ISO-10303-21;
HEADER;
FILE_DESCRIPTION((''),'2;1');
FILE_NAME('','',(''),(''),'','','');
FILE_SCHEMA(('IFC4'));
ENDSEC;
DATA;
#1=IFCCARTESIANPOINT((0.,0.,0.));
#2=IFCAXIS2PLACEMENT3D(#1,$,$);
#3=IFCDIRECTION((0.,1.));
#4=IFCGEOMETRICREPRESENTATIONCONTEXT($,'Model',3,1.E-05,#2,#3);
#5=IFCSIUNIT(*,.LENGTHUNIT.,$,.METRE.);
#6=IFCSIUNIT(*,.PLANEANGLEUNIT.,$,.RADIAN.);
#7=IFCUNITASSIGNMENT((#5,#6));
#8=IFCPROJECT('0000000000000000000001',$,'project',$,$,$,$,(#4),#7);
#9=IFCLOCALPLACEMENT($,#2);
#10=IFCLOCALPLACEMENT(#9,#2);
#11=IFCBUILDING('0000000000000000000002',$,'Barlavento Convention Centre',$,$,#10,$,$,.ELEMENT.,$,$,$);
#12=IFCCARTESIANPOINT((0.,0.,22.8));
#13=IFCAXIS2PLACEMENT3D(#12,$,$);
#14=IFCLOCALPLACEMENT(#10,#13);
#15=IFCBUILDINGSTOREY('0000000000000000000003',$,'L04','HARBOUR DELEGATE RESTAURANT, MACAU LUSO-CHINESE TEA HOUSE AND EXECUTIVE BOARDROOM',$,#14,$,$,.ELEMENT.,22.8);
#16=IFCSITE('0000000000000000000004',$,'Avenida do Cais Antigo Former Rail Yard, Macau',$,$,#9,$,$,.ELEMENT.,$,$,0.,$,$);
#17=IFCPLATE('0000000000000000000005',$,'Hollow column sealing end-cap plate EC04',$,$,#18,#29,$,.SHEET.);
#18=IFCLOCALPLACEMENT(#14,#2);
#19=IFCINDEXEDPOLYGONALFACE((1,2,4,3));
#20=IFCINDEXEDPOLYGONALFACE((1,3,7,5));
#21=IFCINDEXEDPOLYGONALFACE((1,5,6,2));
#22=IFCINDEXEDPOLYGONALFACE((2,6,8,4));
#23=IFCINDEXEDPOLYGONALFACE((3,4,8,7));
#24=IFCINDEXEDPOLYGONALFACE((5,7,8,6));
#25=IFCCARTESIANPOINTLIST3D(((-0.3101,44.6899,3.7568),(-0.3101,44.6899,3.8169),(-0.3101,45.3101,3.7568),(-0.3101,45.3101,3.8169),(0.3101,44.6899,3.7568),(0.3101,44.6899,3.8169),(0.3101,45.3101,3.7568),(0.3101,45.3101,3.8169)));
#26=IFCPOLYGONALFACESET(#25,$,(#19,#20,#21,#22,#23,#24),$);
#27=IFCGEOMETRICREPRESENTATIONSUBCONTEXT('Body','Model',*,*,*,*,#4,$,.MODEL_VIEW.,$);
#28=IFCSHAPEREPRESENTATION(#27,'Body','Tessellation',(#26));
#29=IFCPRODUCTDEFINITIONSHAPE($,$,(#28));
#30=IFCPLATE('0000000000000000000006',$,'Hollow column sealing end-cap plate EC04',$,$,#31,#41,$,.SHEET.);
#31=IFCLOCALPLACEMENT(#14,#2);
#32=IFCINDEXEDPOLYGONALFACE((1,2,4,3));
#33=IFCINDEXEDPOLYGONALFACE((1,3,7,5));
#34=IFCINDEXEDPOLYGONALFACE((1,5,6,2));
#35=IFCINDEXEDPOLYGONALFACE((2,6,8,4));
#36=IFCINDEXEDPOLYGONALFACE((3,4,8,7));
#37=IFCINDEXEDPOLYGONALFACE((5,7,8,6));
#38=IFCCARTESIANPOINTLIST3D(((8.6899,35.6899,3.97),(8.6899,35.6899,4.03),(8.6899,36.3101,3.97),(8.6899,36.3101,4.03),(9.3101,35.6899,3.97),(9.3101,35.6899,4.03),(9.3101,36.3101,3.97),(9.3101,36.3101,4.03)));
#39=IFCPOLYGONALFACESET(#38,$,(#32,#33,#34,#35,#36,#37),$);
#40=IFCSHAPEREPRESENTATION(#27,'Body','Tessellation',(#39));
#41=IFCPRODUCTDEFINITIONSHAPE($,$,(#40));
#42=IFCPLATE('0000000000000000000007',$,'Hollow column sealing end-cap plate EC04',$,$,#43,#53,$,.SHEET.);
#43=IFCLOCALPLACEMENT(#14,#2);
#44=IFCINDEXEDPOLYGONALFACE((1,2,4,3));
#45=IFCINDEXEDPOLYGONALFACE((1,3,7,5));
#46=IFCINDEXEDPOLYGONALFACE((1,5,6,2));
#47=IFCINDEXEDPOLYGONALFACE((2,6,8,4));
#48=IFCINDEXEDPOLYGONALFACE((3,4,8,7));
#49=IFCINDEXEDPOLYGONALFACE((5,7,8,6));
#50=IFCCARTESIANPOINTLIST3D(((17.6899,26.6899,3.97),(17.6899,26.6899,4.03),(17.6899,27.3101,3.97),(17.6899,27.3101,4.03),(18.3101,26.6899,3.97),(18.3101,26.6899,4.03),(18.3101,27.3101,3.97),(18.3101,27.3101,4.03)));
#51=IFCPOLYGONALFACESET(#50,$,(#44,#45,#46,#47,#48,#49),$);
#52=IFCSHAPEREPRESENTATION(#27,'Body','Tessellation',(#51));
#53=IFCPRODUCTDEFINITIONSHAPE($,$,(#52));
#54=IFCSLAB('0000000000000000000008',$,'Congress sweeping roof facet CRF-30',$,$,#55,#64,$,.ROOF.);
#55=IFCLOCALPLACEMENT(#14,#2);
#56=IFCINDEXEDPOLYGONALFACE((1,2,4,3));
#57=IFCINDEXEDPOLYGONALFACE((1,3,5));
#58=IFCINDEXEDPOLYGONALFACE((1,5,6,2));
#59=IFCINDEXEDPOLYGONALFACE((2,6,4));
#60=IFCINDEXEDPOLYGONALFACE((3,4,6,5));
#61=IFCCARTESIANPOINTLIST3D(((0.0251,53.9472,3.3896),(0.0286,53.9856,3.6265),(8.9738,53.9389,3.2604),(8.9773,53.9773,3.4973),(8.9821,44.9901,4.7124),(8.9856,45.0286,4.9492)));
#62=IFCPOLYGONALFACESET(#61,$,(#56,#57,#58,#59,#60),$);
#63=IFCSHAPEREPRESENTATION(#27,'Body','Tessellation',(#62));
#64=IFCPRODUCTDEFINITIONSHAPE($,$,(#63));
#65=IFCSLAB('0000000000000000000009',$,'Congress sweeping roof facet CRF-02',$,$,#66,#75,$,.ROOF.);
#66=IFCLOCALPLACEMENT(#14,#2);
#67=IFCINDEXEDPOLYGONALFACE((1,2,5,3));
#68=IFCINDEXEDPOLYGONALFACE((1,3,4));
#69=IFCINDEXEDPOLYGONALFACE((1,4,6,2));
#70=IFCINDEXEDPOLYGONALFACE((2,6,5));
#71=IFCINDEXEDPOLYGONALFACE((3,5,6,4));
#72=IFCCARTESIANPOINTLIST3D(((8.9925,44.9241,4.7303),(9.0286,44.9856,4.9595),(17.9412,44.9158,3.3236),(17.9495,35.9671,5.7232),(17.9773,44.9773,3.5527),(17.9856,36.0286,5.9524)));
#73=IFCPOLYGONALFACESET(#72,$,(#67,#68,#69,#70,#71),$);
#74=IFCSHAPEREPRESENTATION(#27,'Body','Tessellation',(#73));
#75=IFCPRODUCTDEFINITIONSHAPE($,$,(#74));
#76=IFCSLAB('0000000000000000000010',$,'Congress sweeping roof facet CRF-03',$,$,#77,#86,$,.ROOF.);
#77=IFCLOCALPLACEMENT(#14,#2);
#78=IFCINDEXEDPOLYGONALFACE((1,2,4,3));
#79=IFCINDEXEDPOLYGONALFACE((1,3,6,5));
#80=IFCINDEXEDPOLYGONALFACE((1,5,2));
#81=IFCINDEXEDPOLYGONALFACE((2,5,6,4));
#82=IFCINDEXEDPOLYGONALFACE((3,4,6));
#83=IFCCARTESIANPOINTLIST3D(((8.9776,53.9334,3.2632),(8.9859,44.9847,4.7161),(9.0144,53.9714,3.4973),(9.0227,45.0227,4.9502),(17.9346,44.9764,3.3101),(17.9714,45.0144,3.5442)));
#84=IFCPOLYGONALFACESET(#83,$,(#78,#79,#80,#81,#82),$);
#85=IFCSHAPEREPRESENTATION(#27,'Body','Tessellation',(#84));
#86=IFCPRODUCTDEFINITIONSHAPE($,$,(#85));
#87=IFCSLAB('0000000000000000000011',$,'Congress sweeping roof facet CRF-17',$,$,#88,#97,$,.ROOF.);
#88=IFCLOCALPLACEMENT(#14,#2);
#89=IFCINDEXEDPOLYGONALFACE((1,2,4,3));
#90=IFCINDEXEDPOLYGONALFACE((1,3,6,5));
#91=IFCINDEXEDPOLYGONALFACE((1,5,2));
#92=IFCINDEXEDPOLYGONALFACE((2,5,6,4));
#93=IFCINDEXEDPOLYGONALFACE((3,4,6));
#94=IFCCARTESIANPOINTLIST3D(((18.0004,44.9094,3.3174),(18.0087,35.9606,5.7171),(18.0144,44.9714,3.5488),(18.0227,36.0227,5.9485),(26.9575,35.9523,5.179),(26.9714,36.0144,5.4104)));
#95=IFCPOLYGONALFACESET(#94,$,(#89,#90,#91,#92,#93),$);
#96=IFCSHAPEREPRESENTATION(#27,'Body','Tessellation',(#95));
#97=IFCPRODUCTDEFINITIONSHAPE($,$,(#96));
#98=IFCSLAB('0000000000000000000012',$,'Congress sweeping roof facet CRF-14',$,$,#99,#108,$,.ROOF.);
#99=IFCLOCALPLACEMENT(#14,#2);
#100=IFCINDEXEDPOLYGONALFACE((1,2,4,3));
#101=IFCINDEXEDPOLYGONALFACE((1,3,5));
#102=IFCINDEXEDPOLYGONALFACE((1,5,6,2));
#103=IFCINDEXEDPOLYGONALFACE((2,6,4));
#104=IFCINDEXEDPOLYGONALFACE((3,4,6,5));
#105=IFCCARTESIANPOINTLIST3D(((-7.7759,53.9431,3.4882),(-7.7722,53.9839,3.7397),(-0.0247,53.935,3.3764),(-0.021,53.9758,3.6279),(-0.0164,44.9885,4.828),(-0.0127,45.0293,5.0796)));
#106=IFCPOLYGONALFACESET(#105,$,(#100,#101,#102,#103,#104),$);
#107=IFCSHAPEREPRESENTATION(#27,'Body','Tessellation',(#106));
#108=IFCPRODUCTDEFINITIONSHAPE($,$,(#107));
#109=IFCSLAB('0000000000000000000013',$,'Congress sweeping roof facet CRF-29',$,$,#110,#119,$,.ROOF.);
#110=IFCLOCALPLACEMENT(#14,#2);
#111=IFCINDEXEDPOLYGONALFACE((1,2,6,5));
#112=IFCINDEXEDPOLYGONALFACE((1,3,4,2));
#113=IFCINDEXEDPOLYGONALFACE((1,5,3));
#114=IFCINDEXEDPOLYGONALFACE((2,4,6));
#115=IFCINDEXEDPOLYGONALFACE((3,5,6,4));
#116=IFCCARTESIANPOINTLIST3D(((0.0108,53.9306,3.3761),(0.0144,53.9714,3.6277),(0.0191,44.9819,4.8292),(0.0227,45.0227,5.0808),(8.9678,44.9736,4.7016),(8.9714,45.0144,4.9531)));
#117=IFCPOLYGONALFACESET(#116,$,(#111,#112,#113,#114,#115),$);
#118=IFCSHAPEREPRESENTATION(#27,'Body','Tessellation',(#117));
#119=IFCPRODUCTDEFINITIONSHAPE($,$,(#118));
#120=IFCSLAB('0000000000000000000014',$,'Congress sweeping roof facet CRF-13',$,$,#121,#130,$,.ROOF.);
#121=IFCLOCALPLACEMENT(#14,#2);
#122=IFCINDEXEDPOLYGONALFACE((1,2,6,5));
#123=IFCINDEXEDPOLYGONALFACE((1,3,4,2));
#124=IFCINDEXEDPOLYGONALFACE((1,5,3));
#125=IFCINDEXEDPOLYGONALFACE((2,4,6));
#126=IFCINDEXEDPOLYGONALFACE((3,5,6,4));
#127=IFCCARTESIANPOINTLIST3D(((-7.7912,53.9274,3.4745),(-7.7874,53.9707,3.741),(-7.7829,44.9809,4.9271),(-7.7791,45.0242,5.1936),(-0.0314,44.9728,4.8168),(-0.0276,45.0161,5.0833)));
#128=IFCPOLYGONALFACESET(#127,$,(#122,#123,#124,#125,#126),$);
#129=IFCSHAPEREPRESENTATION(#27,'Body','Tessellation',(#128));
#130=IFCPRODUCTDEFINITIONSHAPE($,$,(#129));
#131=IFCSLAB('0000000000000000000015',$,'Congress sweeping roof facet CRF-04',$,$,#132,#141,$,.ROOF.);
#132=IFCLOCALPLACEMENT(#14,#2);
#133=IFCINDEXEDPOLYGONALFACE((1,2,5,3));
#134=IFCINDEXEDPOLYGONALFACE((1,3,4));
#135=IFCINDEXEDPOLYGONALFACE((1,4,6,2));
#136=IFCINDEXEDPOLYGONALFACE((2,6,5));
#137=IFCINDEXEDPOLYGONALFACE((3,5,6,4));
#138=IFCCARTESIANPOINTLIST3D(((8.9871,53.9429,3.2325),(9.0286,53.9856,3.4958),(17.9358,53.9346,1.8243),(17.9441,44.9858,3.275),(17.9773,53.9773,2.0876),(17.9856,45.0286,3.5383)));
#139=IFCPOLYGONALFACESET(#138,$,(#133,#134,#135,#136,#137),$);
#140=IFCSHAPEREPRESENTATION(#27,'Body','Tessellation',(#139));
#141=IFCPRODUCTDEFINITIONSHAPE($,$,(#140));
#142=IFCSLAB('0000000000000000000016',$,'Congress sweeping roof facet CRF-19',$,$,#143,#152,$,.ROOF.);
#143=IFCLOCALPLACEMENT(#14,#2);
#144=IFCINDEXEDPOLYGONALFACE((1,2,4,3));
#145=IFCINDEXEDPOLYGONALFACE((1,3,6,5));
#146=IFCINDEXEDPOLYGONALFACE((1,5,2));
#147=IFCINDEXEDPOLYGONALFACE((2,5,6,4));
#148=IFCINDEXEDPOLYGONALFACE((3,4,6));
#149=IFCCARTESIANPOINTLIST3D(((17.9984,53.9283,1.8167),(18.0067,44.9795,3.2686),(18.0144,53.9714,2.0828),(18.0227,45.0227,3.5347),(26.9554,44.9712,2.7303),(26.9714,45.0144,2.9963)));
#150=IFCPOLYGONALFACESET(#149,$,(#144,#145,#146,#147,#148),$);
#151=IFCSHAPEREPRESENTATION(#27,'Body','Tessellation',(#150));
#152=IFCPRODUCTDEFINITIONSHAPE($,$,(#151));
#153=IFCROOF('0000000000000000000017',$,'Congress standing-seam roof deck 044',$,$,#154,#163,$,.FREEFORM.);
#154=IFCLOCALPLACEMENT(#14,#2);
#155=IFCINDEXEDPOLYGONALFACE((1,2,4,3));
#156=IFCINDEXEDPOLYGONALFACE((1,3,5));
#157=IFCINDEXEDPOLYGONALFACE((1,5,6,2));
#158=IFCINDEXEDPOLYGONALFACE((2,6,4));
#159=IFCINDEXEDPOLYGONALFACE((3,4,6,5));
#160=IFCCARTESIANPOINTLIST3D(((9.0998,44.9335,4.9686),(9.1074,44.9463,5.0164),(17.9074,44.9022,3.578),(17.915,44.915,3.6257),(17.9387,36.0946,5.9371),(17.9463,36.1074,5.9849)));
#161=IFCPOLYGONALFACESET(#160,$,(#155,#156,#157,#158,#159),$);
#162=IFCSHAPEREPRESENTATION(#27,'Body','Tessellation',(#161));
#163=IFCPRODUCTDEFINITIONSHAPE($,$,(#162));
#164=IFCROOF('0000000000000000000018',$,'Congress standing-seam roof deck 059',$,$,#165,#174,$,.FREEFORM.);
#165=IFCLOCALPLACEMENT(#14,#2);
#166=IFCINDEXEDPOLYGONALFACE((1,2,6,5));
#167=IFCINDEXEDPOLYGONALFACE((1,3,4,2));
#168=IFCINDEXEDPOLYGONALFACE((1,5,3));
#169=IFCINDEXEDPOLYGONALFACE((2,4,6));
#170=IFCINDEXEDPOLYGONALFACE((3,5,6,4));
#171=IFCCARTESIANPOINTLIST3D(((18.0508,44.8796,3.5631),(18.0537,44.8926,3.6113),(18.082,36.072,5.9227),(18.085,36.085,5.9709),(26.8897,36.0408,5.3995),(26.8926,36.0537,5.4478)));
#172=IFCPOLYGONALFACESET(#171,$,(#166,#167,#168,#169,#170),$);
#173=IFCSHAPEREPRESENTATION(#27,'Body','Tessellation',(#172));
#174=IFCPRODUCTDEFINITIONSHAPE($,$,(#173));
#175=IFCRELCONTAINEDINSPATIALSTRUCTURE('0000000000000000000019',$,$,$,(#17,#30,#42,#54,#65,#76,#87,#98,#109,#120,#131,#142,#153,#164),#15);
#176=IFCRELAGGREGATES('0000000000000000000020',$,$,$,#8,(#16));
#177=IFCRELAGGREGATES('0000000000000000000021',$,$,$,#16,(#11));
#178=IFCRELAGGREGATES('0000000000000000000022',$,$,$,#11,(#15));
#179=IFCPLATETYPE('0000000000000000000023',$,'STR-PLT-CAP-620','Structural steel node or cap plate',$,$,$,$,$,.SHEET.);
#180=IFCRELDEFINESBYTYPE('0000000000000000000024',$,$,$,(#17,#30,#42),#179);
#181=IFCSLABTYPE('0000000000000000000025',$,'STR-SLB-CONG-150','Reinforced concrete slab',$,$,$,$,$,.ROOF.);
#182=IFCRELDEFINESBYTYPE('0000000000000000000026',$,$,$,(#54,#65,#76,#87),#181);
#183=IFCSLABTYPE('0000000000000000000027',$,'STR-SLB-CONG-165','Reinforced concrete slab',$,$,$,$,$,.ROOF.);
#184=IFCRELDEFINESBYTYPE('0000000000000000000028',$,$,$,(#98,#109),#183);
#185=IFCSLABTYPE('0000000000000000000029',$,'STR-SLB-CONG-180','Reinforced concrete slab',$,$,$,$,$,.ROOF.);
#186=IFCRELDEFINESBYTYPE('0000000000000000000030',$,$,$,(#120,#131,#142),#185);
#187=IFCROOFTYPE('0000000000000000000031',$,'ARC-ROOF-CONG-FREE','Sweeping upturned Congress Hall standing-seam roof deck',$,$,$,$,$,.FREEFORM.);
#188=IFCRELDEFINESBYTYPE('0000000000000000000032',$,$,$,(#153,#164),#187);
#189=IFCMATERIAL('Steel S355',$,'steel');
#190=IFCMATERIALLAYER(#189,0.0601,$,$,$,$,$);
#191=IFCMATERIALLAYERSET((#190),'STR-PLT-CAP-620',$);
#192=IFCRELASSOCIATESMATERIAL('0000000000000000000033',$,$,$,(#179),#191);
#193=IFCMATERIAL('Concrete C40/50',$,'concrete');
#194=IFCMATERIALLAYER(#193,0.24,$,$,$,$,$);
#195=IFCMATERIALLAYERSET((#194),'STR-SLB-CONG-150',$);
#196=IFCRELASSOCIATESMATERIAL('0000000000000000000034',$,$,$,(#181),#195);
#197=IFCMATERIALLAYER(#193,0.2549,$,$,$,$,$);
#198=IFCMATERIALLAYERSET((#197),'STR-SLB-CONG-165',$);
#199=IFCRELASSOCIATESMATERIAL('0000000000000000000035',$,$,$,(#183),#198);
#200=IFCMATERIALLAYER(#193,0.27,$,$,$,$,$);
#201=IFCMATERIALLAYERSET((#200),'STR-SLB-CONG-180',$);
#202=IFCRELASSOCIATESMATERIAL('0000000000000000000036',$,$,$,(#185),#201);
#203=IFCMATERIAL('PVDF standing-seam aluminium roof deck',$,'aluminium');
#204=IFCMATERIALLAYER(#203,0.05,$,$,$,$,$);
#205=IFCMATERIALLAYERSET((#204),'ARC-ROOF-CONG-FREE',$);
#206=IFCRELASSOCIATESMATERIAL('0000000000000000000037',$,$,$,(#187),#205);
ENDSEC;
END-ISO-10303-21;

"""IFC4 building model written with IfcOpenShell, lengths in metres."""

from ifc_helpers import new_model, si_unit, direction, frame, origin, origin_2d, place, context, subcontext, project, spatial, polyline, rectangle, outline, extrude, material, layer, layer_set, type_object, element, save


model = new_model("IFC4")

# Units and contexts
model_context = context("Model", 3, precision=1e-05, world=origin(), true_north=direction((0.0, 1.0)))
body_context = subcontext(model_context, "Body", "Model", "MODEL_VIEW")
ifc_project = project(units=[si_unit("LENGTHUNIT", "METRE"), si_unit("PLANEANGLEUNIT", "RADIAN")], contexts=[model_context])

# Site, building, storey
site_placement = place(None, origin())
site = spatial("IfcSite", under=ifc_project, at=site_placement, Name="Avenida do Cais Antigo Former Rail Yard, Macau", CompositionType="ELEMENT", RefElevation=0.0)
building_placement = place(site_placement, origin())
building = spatial("IfcBuilding", under=site, at=building_placement, Name="Barlavento Convention Centre", CompositionType="ELEMENT")
storey_placement = place(building_placement, frame((0.0, 0.0, 22.8)))
storey = spatial("IfcBuildingStorey", under=building, at=storey_placement, Name="L04", Description="HARBOUR DELEGATE RESTAURANT, MACAU LUSO-CHINESE TEA HOUSE AND EXECUTIVE BOARDROOM", CompositionType="ELEMENT", Elevation=22.8)

# Shared definitions
ifc_material_1 = material(Name="Steel S355", Category="steel")

# Plates
ifc_layer_1 = layer(ifc_material_1, 0.0601)
ifc_layer_set_1 = layer_set([ifc_layer_1], Name="STR-PLT-CAP-620")
plate_type = type_object("IfcPlateType", Name="STR-PLT-CAP-620", Description="Structural steel node or cap plate", PredefinedType="SHEET", material=ifc_layer_set_1)
for number, where, z_axis, x_axis, name in (
    (1, (0.0, 45.0, 3.7568), (0.0, 0.0, 1.0), (1.0, 0.0, 0.0), "Hollow column sealing end-cap plate EC04"),
    (2, (9.0, 36.0, 3.97), (0.0, 0.0, 1.0), (1.0, 0.0, 0.0), "Hollow column sealing end-cap plate EC04"),
    (3, (18.0, 27.0, 3.97), (0.0, 0.0, 1.0), (1.0, 0.0, 0.0), "Hollow column sealing end-cap plate EC04"),
):
    element("IfcPlate", number, at=place(storey_placement, frame(where, z_axis=z_axis, x_axis=x_axis)), inside=storey, type_object=plate_type, Name=name, PredefinedType="SHEET", context=body_context, shape_type="SweptSolid", body=[
        extrude(rectangle(XDim=0.6201, YDim=0.6201, at=origin_2d()), origin(), (0.0, 0.0, 1.0), 0.0601),
    ])

# Slabs
ifc_material_2 = material(Name="Concrete C40/50", Category="concrete")
ifc_layer_2 = layer(ifc_material_2, 0.24)
ifc_layer_set_2 = layer_set([ifc_layer_2], Name="STR-SLB-CONG-150")
slab_type_1 = type_object("IfcSlabType", Name="STR-SLB-CONG-150", Description="Reinforced concrete slab", PredefinedType="ROOF", material=ifc_layer_set_2)
slab_1_placement = place(storey_placement, frame((8.9856, 45.0286, 4.9492), z_axis=(0.014393, 0.160149, 0.986988), x_axis=(-0.000916, 0.987092, -0.160153)))
element("IfcSlab", 4, at=slab_1_placement, inside=storey, type_object=slab_type_1, Name="Congress sweeping roof facet CRF-30", PredefinedType="ROOF", context=body_context, shape_type="SweptSolid", body=[
    extrude(outline(polyline([(0.0, 0.0), (9.0658, 0.0), (9.0615, 8.9497), (0.0, 0.0)])), origin(), (0.0, 0.0, -1.0), 0.24),
])
slab_2_placement = place(storey_placement, frame((17.9856, 36.0286, 5.9524), z_axis=(0.150342, 0.256192, 0.954863), x_axis=(-0.000896, 0.965875, -0.259006)))
element("IfcSlab", 5, at=slab_2_placement, inside=storey, type_object=slab_type_1, Name="Congress sweeping roof facet CRF-02", PredefinedType="ROOF", context=body_context, shape_type="SweptSolid", body=[
    extrude(outline(polyline([(0.0, 0.0), (9.2649, 0.0), (8.9166, 9.0519), (0.0, 0.0)])), origin(), (0.0, 0.0, -1.0), 0.24),
])
slab_3_placement = place(storey_placement, frame((9.0227, 45.0227, 4.9502), z_axis=(0.153395, 0.1585, 0.975371), x_axis=(0.98788, -0.000916, -0.155214)))
element("IfcSlab", 6, at=slab_3_placement, inside=storey, type_object=slab_type_1, Name="Congress sweeping roof facet CRF-03", PredefinedType="ROOF", context=body_context, shape_type="SweptSolid", body=[
    extrude(outline(polyline([(0.0, 0.0), (9.0585, 0.0), (0.2091, 9.0635), (0.0, 0.0)])), origin(), (0.0, 0.0, -1.0), 0.24),
])
slab_4_placement = place(storey_placement, frame((18.0227, 36.0227, 5.9485), z_axis=(0.058219, 0.258617, 0.964224), x_axis=(0.998197, -0.000926, -0.060021)))
element("IfcSlab", 7, at=slab_4_placement, inside=storey, type_object=slab_type_1, Name="Congress sweeping roof facet CRF-17", PredefinedType="ROOF", context=body_context, shape_type="SweptSolid", body=[
    extrude(outline(polyline([(0.0, 0.0), (8.9649, 0.0), (0.1275, 9.264), (0.0, 0.0)])), origin(), (0.0, 0.0, -1.0), 0.24),
])
ifc_layer_3 = layer(ifc_material_2, 0.2549)
ifc_layer_set_3 = layer_set([ifc_layer_3], Name="STR-SLB-CONG-165")
slab_type_2 = type_object("IfcSlabType", Name="STR-SLB-CONG-165", Description="Reinforced concrete slab", PredefinedType="ROOF", material=ifc_layer_set_3)
slab_5_placement = place(storey_placement, frame((-0.0127, 45.0293, 5.0796), z_axis=(0.014404, 0.160161, 0.986986), x_axis=(-0.000916, 0.98709, -0.160165)))
element("IfcSlab", 8, at=slab_5_placement, inside=storey, type_object=slab_type_2, Name="Congress sweeping roof facet CRF-14", PredefinedType="ROOF", context=body_context, shape_type="SweptSolid", body=[
    extrude(outline(polyline([(0.0, 0.0), (9.0635, 0.0), (9.0607, 7.752), (0.0, 0.0)])), origin(), (0.0, 0.0, -1.0), 0.2549),
])
slab_6_placement = place(storey_placement, frame((0.0227, 45.0227, 5.0808), z_axis=(0.014231, 0.160281, 0.986969), x_axis=(0.999898, -0.000927, -0.014267)))
element("IfcSlab", 9, at=slab_6_placement, inside=storey, type_object=slab_type_2, Name="Congress sweeping roof facet CRF-29", PredefinedType="ROOF", context=body_context, shape_type="SweptSolid", body=[
    extrude(outline(polyline([(0.0, 0.0), (8.9496, 0.0), (0.0041, 9.0659), (0.0, 0.0)])), origin(), (0.0, 0.0, -1.0), 0.2549),
])
ifc_layer_4 = layer(ifc_material_2, 0.27)
ifc_layer_set_4 = layer_set([ifc_layer_4], Name="STR-SLB-CONG-180")
slab_type_3 = type_object("IfcSlabType", Name="STR-SLB-CONG-180", Description="Reinforced concrete slab", PredefinedType="ROOF", material=ifc_layer_set_4)
slab_7_placement = place(storey_placement, frame((-7.7791, 45.0242, 5.1936), z_axis=(0.014217, 0.160266, 0.986971), x_axis=(0.999898, -0.001039, -0.014235)))
element("IfcSlab", 10, at=slab_7_placement, inside=storey, type_object=slab_type_3, Name="Congress sweeping roof facet CRF-13", PredefinedType="ROOF", context=body_context, shape_type="SweptSolid", body=[
    extrude(outline(polyline([(0.0, 0.0), (7.7523, 0.0), (0.0031, 9.0637), (0.0, 0.0)])), origin(), (0.0, 0.0, -1.0), 0.27),
])
slab_8_placement = place(storey_placement, frame((17.9856, 45.0286, 3.5383), z_axis=(0.153635, 0.158261, 0.975372), x_axis=(-0.000916, 0.987113, -0.160021)))
element("IfcSlab", 11, at=slab_8_placement, inside=storey, type_object=slab_type_3, Name="Congress sweeping roof facet CRF-04", PredefinedType="ROOF", context=body_context, shape_type="SweptSolid", body=[
    extrude(outline(polyline([(0.0, 0.0), (9.0656, 0.0), (8.8566, 9.0564), (0.0, 0.0)])), origin(), (0.0, 0.0, -1.0), 0.27),
])
slab_9_placement = place(storey_placement, frame((18.0227, 45.0227, 3.5347), z_axis=(0.059424, 0.159923, 0.985339), x_axis=(0.998195, -0.000926, -0.060049)))
element("IfcSlab", 12, at=slab_9_placement, inside=storey, type_object=slab_type_3, Name="Congress sweeping roof facet CRF-19", PredefinedType="ROOF", context=body_context, shape_type="SweptSolid", body=[
    extrude(outline(polyline([(0.0, 0.0), (8.9649, 0.0), (0.0706, 9.0655), (0.0, 0.0)])), origin(), (0.0, 0.0, -1.0), 0.27),
])

# Roofs
ifc_material_3 = material(Name="PVDF standing-seam aluminium roof deck", Category="aluminium")
ifc_layer_5 = layer(ifc_material_3, 0.05)
ifc_layer_set_5 = layer_set([ifc_layer_5], Name="ARC-ROOF-CONG-FREE")
roof_type = type_object("IfcRoofType", Name="ARC-ROOF-CONG-FREE", Description="Sweeping upturned Congress Hall standing-seam roof deck", PredefinedType="FREEFORM", material=ifc_layer_set_5)
roof_1_placement = place(storey_placement, frame((17.9463, 36.1074, 5.9849), z_axis=(0.151637, 0.256241, 0.954645), x_axis=(-0.003427, 0.965944, -0.258729)))
element("IfcRoof", 13, at=roof_1_placement, inside=storey, type_object=roof_type, Name="Congress standing-seam roof deck 044", PredefinedType="FREEFORM", context=body_context, shape_type="SweptSolid", body=[
    extrude(outline(polyline([(0.0, 0.0), (9.1181, 0.0), (8.8187, 8.9117), (0.0, 0.0)])), origin(), (0.0, 0.0, -1.0), 0.05),
])
roof_2_placement = place(storey_placement, frame((18.085, 36.085, 5.9709), z_axis=(0.058196, 0.258535, 0.964247), x_axis=(0.998234, -0.003542, -0.059297)))
element("IfcRoof", 14, at=roof_2_placement, inside=storey, type_object=roof_type, Name="Congress standing-seam roof deck 059", PredefinedType="FREEFORM", context=body_context, shape_type="SweptSolid", body=[
    extrude(outline(polyline([(0.0, 0.0), (8.8232, 0.0), (0.0775, 9.1179), (0.0, 0.0)])), origin(), (0.0, 0.0, -1.0), 0.05),
])

save(model, "model.ifc")
